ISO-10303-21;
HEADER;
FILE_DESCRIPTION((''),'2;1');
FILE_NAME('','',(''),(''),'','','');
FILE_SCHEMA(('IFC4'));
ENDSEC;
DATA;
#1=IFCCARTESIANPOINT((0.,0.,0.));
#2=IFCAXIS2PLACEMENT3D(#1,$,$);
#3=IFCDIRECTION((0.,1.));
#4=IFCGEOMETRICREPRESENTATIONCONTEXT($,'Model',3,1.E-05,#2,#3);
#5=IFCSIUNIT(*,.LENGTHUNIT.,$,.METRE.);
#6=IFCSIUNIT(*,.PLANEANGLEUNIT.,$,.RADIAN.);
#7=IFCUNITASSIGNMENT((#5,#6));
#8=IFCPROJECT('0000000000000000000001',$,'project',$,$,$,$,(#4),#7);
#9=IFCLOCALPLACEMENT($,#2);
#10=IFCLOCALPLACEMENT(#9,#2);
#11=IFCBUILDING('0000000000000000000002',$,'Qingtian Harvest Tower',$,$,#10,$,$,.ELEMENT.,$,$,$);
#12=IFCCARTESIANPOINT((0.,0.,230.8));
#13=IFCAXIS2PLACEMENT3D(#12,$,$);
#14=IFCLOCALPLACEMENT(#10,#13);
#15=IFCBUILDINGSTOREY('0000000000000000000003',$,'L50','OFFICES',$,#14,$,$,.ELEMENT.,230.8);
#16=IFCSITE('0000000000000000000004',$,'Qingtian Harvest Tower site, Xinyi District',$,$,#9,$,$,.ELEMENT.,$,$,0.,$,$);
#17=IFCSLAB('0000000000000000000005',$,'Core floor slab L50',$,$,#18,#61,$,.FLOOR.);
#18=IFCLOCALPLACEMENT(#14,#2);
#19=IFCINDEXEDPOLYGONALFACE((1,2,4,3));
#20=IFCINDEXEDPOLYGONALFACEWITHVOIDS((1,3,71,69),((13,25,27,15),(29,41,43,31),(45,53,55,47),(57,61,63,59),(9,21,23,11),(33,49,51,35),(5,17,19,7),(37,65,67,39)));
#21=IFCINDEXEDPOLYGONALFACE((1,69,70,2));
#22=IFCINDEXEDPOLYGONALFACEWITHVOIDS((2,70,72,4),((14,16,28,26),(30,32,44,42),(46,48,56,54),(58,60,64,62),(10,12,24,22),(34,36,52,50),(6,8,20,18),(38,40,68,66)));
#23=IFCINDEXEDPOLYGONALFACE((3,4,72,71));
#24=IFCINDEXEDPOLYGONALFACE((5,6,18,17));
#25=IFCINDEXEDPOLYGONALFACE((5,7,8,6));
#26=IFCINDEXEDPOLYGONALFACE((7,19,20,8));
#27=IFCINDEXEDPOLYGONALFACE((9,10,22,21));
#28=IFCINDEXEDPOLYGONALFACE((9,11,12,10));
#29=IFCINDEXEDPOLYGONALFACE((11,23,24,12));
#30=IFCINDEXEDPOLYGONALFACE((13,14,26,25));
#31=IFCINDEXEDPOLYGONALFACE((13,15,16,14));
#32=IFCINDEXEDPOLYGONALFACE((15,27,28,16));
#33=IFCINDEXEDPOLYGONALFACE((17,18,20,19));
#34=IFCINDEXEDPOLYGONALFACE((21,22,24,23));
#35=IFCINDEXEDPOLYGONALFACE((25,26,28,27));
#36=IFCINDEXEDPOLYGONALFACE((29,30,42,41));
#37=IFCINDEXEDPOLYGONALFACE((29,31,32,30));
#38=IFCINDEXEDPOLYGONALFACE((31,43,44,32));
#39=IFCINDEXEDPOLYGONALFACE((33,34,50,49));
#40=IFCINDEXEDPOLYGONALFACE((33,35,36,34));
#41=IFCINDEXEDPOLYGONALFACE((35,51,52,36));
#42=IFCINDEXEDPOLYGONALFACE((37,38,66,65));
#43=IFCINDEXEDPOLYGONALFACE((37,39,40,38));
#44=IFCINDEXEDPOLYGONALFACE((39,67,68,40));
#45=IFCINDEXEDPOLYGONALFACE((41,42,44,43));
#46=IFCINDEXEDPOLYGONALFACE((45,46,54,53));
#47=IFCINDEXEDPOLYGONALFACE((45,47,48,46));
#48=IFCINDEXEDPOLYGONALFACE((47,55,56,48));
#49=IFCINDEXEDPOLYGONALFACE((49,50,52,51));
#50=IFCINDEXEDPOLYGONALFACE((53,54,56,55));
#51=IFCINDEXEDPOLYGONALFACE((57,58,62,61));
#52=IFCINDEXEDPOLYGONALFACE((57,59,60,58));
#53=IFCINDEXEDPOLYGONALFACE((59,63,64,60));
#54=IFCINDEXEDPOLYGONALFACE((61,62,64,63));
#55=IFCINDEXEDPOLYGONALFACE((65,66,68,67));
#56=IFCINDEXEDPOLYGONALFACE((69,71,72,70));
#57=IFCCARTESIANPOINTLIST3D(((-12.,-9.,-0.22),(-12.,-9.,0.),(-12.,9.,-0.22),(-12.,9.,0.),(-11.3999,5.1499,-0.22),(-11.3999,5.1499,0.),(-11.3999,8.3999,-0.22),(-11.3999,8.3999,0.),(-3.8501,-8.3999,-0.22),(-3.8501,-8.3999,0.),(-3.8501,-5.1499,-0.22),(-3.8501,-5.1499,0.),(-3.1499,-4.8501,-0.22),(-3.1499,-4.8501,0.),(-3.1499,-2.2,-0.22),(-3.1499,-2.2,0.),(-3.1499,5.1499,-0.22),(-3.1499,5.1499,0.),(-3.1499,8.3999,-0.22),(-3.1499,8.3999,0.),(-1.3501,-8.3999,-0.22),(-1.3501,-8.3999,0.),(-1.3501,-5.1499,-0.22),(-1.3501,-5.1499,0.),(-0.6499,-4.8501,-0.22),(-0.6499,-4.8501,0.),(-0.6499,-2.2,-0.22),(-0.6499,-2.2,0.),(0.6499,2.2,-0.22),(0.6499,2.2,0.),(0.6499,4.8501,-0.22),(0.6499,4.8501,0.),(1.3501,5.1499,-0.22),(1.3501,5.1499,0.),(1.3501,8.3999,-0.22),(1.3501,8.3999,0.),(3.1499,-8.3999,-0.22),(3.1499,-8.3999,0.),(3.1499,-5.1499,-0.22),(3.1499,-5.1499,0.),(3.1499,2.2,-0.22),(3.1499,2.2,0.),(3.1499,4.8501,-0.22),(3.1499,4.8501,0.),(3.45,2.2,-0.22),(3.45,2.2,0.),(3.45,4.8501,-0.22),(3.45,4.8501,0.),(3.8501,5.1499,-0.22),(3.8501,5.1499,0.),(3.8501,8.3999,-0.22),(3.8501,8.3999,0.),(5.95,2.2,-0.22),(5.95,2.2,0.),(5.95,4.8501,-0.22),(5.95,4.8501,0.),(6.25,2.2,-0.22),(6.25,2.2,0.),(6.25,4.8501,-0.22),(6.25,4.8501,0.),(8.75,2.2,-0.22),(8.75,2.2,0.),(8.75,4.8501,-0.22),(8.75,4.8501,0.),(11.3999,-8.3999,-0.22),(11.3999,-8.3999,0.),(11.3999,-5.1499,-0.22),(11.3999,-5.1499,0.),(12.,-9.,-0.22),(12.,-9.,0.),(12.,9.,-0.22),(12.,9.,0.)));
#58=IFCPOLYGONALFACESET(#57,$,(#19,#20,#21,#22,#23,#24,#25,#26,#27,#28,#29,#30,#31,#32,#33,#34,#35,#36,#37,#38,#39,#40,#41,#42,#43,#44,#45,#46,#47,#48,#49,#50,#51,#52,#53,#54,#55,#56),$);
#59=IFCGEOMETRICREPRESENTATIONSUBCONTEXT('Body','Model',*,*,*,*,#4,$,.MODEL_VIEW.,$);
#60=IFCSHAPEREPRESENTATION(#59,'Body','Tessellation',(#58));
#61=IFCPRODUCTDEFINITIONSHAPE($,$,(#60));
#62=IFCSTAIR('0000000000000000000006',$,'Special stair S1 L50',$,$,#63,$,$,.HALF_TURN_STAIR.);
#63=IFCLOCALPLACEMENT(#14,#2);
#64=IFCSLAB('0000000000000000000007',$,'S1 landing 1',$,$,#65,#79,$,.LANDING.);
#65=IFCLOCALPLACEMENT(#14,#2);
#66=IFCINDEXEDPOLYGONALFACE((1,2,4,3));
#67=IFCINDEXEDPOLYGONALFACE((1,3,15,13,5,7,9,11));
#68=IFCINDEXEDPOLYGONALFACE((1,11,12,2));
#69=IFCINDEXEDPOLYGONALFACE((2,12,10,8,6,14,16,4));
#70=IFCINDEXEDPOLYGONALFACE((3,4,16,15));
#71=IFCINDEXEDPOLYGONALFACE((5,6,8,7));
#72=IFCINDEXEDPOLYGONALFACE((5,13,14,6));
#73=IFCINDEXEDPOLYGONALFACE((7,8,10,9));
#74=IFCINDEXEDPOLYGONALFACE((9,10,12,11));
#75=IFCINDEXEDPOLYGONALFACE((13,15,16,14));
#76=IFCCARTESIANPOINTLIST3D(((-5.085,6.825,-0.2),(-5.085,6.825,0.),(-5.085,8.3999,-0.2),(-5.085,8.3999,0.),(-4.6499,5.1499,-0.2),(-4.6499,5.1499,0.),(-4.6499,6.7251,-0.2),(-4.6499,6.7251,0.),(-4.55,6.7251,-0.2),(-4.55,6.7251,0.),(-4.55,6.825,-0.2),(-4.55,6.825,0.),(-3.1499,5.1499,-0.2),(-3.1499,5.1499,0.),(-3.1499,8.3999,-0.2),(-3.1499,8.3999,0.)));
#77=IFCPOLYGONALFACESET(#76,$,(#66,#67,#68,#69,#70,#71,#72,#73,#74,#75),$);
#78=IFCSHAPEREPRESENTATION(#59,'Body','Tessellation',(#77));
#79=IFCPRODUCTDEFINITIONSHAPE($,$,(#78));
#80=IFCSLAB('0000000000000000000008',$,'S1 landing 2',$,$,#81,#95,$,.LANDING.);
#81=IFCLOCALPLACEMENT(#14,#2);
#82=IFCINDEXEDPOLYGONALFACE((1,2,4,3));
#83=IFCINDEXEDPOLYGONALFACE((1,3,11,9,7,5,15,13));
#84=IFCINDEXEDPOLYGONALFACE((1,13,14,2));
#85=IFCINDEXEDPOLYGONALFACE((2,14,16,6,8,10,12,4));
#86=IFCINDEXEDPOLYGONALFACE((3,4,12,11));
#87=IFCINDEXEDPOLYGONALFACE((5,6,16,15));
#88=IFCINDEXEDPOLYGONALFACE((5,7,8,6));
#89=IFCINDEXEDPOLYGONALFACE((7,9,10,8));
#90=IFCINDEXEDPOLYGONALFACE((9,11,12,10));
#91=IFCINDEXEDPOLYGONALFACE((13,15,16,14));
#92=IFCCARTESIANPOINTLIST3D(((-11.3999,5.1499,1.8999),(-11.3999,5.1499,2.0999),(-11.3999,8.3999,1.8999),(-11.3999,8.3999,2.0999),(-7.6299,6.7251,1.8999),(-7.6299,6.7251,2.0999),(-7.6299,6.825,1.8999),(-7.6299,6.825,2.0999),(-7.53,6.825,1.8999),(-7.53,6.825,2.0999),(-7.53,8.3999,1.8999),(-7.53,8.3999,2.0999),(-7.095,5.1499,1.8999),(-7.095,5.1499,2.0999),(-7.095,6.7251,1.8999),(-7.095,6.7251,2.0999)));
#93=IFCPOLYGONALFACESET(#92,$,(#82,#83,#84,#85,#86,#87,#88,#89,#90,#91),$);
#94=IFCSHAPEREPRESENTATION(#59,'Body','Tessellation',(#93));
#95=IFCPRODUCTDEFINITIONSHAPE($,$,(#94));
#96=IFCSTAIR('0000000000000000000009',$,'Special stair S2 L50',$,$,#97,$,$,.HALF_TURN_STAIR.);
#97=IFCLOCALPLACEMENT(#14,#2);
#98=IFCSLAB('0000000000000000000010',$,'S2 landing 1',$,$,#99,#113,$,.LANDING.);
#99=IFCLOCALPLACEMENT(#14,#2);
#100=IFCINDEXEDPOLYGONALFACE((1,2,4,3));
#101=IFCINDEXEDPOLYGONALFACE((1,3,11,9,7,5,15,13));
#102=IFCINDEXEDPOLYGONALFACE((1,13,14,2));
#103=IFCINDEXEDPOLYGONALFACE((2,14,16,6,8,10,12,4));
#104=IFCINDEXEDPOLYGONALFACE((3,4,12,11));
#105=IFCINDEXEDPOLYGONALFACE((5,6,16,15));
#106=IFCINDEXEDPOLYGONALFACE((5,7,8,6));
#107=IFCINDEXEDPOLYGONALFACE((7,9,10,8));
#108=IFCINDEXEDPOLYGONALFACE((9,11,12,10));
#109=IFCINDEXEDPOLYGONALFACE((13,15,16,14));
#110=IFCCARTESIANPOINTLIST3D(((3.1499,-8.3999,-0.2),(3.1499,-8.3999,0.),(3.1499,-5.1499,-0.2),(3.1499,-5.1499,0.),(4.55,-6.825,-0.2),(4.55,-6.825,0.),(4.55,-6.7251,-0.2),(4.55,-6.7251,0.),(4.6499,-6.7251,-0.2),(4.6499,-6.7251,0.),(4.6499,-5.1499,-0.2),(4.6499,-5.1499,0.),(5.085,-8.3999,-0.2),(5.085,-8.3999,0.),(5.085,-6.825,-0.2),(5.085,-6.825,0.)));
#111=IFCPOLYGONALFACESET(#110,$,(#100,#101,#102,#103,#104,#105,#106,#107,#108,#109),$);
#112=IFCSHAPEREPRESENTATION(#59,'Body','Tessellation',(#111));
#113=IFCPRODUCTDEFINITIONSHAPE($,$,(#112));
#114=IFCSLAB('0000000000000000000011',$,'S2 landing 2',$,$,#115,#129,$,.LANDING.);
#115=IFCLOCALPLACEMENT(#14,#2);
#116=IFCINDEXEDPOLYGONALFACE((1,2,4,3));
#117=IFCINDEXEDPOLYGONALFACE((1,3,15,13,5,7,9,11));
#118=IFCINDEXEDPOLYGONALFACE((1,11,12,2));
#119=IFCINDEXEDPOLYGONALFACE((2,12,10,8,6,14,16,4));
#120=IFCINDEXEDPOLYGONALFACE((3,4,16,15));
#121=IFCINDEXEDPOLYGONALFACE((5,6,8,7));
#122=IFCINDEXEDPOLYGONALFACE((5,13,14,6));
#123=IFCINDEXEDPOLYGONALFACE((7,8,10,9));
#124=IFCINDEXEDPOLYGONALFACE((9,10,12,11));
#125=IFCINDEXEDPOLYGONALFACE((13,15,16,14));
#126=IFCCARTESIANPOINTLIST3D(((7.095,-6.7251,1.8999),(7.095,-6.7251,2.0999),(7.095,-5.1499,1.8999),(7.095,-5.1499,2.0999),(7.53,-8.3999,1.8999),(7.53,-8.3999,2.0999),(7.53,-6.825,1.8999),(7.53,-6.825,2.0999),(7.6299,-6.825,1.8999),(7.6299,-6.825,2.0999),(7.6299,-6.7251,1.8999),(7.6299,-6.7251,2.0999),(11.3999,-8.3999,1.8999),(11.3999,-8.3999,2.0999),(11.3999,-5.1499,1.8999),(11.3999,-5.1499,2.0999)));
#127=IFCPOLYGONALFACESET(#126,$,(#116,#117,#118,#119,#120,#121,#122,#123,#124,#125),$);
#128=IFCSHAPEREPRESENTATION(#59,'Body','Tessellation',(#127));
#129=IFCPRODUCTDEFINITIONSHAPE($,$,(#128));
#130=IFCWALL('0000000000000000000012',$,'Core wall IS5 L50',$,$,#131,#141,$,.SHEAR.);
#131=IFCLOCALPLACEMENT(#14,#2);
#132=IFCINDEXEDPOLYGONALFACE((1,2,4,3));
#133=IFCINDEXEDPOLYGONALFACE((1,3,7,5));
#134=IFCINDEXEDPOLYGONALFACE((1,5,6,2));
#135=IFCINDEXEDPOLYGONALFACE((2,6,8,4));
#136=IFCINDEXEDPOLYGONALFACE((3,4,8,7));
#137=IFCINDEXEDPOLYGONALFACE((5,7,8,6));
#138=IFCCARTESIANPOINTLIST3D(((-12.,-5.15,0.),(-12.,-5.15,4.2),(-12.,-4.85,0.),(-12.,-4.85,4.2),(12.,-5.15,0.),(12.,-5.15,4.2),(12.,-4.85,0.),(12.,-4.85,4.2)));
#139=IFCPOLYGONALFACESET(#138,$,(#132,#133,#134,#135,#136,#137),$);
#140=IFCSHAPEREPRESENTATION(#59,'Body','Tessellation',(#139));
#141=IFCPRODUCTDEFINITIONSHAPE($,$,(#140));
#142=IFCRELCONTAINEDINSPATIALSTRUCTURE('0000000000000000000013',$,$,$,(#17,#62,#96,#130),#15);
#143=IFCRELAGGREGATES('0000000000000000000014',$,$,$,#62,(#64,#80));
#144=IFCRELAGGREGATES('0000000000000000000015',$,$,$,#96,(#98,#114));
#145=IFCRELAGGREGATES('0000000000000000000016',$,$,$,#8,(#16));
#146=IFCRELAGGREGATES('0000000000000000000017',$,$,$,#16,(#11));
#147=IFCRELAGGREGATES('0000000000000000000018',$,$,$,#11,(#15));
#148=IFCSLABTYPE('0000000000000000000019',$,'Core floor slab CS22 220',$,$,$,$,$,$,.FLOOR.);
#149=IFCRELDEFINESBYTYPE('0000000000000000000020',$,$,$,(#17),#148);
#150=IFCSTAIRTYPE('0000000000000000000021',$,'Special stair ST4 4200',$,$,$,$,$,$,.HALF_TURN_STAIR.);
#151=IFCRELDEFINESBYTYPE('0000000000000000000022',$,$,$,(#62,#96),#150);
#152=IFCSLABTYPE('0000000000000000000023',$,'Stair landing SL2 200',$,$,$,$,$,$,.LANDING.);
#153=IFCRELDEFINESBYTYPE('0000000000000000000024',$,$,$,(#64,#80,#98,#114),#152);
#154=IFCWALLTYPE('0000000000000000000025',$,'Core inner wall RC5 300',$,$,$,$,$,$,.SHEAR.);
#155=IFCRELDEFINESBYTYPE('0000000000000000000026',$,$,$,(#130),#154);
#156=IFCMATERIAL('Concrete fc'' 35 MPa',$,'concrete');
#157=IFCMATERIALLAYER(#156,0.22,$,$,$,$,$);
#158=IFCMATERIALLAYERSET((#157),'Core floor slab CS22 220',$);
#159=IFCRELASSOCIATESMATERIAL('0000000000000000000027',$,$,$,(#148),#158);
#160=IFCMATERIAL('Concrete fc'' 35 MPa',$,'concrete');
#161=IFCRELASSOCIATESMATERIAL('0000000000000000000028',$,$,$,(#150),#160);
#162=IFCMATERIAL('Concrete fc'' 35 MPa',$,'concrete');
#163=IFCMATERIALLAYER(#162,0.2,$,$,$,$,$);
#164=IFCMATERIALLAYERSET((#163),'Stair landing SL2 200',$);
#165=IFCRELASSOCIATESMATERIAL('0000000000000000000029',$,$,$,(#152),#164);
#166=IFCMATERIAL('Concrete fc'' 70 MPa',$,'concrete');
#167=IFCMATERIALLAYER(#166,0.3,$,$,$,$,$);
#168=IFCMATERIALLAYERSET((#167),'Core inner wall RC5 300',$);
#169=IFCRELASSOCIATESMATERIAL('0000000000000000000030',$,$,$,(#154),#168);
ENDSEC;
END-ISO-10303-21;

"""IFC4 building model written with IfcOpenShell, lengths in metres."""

from ifc_helpers import new_model, si_unit, direction, frame, frame_2d, origin, place, context, subcontext, project, spatial, polyline, rectangle, outline, extrude, material, layer, layer_set, type_object, element, aggregate, save


model = new_model("IFC4")

# Units and contexts
model_context = context("Model", 3, precision=1e-05, world=origin(), true_north=direction((0.0, 1.0)))
body_context = subcontext(model_context, "Body", "Model", "MODEL_VIEW")
ifc_project = project(units=[si_unit("LENGTHUNIT", "METRE"), si_unit("PLANEANGLEUNIT", "RADIAN")], contexts=[model_context])

# Site, building, storey
site_placement = place(None, origin())
site = spatial("IfcSite", under=ifc_project, at=site_placement, Name="Qingtian Harvest Tower site, Xinyi District", CompositionType="ELEMENT", RefElevation=0.0)
building_placement = place(site_placement, origin())
building = spatial("IfcBuilding", under=site, at=building_placement, Name="Qingtian Harvest Tower", CompositionType="ELEMENT")
storey_placement = place(building_placement, frame((0.0, 0.0, 230.8)))
storey = spatial("IfcBuildingStorey", under=building, at=storey_placement, Name="L50", Description="OFFICES", CompositionType="ELEMENT", Elevation=230.8)

# Slab
ifc_material_1 = material(Name="Concrete fc' 35 MPa", Category="concrete")
ifc_layer_1 = layer(ifc_material_1, 0.22)
ifc_layer_set_1 = layer_set([ifc_layer_1], Name="Core floor slab CS22 220")
slab_type_1 = type_object("IfcSlabType", Name="Core floor slab CS22 220", PredefinedType="FLOOR", material=ifc_layer_set_1)
slab_1_placement = place(storey_placement, frame((0.0, 0.0, -0.22)))
element("IfcSlab", 1, at=slab_1_placement, inside=storey, type_object=slab_type_1, Name="Core floor slab L50", PredefinedType="FLOOR", context=body_context, shape_type="SweptSolid", body=[
    extrude(outline(polyline([(-12.0, -9.0), (12.0, -9.0), (12.0, 9.0), (-12.0, 9.0), (-12.0, -9.0)]), holes=[polyline([(-11.3999, 5.1499), (-3.1499, 5.1499), (-3.1499, 8.3999), (-11.3999, 8.3999), (-11.3999, 5.1499)]), polyline([(3.1499, -8.3999), (11.3999, -8.3999), (11.3999, -5.1499), (3.1499, -5.1499), (3.1499, -8.3999)]), polyline([(1.3501, 5.1499), (3.8501, 5.1499), (3.8501, 8.3999), (1.3501, 8.3999), (1.3501, 5.1499)]), polyline([(-3.8501, -8.3999), (-1.3501, -8.3999), (-1.3501, -5.1499), (-3.8501, -5.1499), (-3.8501, -8.3999)]), polyline([(0.6499, 2.2), (3.1499, 2.2), (3.1499, 4.8501), (0.6499, 4.8501), (0.6499, 2.2)]), polyline([(3.45, 2.2), (5.95, 2.2), (5.95, 4.8501), (3.45, 4.8501), (3.45, 2.2)]), polyline([(6.25, 2.2), (8.75, 2.2), (8.75, 4.8501), (6.25, 4.8501), (6.25, 2.2)]), polyline([(-3.1499, -4.8501), (-0.6499, -4.8501), (-0.6499, -2.2), (-3.1499, -2.2), (-3.1499, -4.8501)])]), origin(), (0.0, 0.0, 1.0), 0.22),
])

# Stairs, slabs
ifc_material_2 = material(Name="Concrete fc' 35 MPa", Category="concrete")
stair_type = type_object("IfcStairType", Name="Special stair ST4 4200", PredefinedType="HALF_TURN_STAIR", material=ifc_material_2)
stair_1_placement = place(storey_placement, origin())
stair_1 = element("IfcStair", 2, at=stair_1_placement, inside=storey, type_object=stair_type, Name="Special stair S1 L50", PredefinedType="HALF_TURN_STAIR")
ifc_material_3 = material(Name="Concrete fc' 35 MPa", Category="concrete")
ifc_layer_2 = layer(ifc_material_3, 0.2)
ifc_layer_set_2 = layer_set([ifc_layer_2], Name="Stair landing SL2 200")
slab_type_2 = type_object("IfcSlabType", Name="Stair landing SL2 200", PredefinedType="LANDING", material=ifc_layer_set_2)
slab_2_placement = place(storey_placement, frame((0.0, 0.0, -0.2)))
slab_2 = element("IfcSlab", 3, at=slab_2_placement, type_object=slab_type_2, Name="S1 landing 1", PredefinedType="LANDING", context=body_context, shape_type="SweptSolid", body=[
    extrude(outline(polyline([(-4.6499, 5.1499), (-4.6499, 6.7251), (-4.55, 6.7251), (-4.55, 6.825), (-5.085, 6.825), (-5.085, 8.3999), (-3.1499, 8.3999), (-3.1499, 5.1499), (-4.6499, 5.1499)])), origin(), (0.0, 0.0, 1.0), 0.2),
])
slab_3_placement = place(storey_placement, frame((0.0, 0.0, 1.8999)))
slab_3 = element("IfcSlab", 4, at=slab_3_placement, type_object=slab_type_2, Name="S1 landing 2", PredefinedType="LANDING", context=body_context, shape_type="SweptSolid", body=[
    extrude(outline(polyline([(-7.095, 5.1499), (-11.3999, 5.1499), (-11.3999, 8.3999), (-7.53, 8.3999), (-7.53, 6.825), (-7.6299, 6.825), (-7.6299, 6.7251), (-7.095, 6.7251), (-7.095, 5.1499)])), origin(), (0.0, 0.0, 1.0), 0.2),
])
aggregate(stair_1, [slab_2, slab_3])
stair_2_placement = place(storey_placement, origin())
stair_2 = element("IfcStair", 5, at=stair_2_placement, inside=storey, type_object=stair_type, Name="Special stair S2 L50", PredefinedType="HALF_TURN_STAIR")
slab_4_placement = place(storey_placement, frame((0.0, 0.0, -0.2)))
slab_4 = element("IfcSlab", 6, at=slab_4_placement, type_object=slab_type_2, Name="S2 landing 1", PredefinedType="LANDING", context=body_context, shape_type="SweptSolid", body=[
    extrude(outline(polyline([(5.085, -8.3999), (3.1499, -8.3999), (3.1499, -5.1499), (4.6499, -5.1499), (4.6499, -6.7251), (4.55, -6.7251), (4.55, -6.825), (5.085, -6.825), (5.085, -8.3999)])), origin(), (0.0, 0.0, 1.0), 0.2),
])
slab_5_placement = place(storey_placement, frame((0.0, 0.0, 1.8999)))
slab_5 = element("IfcSlab", 7, at=slab_5_placement, type_object=slab_type_2, Name="S2 landing 2", PredefinedType="LANDING", context=body_context, shape_type="SweptSolid", body=[
    extrude(outline(polyline([(7.53, -8.3999), (7.53, -6.825), (7.6299, -6.825), (7.6299, -6.7251), (7.095, -6.7251), (7.095, -5.1499), (11.3999, -5.1499), (11.3999, -8.3999), (7.53, -8.3999)])), origin(), (0.0, 0.0, 1.0), 0.2),
])
aggregate(stair_2, [slab_4, slab_5])

# Wall
ifc_material_4 = material(Name="Concrete fc' 70 MPa", Category="concrete")
ifc_layer_3 = layer(ifc_material_4, 0.3)
ifc_layer_set_3 = layer_set([ifc_layer_3], Name="Core inner wall RC5 300")
wall_type_1 = type_object("IfcWallType", Name="Core inner wall RC5 300", PredefinedType="SHEAR", material=ifc_layer_set_3)
wall_1_placement = place(storey_placement, frame((-12.0, -5.0, 0.0), z_axis=(0.0, 0.0, 1.0), x_axis=(1.0, 0.0, 0.0)))
element("IfcWall", 8, at=wall_1_placement, inside=storey, type_object=wall_type_1, Name="Core wall IS5 L50", PredefinedType="SHEAR", context=body_context, shape_type="SweptSolid", body=[
    extrude(rectangle(XDim=24.0, YDim=0.3, at=frame_2d((12.0, 0.0))), origin(), (0.0, 0.0, 1.0), 4.2),
])

save(model, "model.ifc")
